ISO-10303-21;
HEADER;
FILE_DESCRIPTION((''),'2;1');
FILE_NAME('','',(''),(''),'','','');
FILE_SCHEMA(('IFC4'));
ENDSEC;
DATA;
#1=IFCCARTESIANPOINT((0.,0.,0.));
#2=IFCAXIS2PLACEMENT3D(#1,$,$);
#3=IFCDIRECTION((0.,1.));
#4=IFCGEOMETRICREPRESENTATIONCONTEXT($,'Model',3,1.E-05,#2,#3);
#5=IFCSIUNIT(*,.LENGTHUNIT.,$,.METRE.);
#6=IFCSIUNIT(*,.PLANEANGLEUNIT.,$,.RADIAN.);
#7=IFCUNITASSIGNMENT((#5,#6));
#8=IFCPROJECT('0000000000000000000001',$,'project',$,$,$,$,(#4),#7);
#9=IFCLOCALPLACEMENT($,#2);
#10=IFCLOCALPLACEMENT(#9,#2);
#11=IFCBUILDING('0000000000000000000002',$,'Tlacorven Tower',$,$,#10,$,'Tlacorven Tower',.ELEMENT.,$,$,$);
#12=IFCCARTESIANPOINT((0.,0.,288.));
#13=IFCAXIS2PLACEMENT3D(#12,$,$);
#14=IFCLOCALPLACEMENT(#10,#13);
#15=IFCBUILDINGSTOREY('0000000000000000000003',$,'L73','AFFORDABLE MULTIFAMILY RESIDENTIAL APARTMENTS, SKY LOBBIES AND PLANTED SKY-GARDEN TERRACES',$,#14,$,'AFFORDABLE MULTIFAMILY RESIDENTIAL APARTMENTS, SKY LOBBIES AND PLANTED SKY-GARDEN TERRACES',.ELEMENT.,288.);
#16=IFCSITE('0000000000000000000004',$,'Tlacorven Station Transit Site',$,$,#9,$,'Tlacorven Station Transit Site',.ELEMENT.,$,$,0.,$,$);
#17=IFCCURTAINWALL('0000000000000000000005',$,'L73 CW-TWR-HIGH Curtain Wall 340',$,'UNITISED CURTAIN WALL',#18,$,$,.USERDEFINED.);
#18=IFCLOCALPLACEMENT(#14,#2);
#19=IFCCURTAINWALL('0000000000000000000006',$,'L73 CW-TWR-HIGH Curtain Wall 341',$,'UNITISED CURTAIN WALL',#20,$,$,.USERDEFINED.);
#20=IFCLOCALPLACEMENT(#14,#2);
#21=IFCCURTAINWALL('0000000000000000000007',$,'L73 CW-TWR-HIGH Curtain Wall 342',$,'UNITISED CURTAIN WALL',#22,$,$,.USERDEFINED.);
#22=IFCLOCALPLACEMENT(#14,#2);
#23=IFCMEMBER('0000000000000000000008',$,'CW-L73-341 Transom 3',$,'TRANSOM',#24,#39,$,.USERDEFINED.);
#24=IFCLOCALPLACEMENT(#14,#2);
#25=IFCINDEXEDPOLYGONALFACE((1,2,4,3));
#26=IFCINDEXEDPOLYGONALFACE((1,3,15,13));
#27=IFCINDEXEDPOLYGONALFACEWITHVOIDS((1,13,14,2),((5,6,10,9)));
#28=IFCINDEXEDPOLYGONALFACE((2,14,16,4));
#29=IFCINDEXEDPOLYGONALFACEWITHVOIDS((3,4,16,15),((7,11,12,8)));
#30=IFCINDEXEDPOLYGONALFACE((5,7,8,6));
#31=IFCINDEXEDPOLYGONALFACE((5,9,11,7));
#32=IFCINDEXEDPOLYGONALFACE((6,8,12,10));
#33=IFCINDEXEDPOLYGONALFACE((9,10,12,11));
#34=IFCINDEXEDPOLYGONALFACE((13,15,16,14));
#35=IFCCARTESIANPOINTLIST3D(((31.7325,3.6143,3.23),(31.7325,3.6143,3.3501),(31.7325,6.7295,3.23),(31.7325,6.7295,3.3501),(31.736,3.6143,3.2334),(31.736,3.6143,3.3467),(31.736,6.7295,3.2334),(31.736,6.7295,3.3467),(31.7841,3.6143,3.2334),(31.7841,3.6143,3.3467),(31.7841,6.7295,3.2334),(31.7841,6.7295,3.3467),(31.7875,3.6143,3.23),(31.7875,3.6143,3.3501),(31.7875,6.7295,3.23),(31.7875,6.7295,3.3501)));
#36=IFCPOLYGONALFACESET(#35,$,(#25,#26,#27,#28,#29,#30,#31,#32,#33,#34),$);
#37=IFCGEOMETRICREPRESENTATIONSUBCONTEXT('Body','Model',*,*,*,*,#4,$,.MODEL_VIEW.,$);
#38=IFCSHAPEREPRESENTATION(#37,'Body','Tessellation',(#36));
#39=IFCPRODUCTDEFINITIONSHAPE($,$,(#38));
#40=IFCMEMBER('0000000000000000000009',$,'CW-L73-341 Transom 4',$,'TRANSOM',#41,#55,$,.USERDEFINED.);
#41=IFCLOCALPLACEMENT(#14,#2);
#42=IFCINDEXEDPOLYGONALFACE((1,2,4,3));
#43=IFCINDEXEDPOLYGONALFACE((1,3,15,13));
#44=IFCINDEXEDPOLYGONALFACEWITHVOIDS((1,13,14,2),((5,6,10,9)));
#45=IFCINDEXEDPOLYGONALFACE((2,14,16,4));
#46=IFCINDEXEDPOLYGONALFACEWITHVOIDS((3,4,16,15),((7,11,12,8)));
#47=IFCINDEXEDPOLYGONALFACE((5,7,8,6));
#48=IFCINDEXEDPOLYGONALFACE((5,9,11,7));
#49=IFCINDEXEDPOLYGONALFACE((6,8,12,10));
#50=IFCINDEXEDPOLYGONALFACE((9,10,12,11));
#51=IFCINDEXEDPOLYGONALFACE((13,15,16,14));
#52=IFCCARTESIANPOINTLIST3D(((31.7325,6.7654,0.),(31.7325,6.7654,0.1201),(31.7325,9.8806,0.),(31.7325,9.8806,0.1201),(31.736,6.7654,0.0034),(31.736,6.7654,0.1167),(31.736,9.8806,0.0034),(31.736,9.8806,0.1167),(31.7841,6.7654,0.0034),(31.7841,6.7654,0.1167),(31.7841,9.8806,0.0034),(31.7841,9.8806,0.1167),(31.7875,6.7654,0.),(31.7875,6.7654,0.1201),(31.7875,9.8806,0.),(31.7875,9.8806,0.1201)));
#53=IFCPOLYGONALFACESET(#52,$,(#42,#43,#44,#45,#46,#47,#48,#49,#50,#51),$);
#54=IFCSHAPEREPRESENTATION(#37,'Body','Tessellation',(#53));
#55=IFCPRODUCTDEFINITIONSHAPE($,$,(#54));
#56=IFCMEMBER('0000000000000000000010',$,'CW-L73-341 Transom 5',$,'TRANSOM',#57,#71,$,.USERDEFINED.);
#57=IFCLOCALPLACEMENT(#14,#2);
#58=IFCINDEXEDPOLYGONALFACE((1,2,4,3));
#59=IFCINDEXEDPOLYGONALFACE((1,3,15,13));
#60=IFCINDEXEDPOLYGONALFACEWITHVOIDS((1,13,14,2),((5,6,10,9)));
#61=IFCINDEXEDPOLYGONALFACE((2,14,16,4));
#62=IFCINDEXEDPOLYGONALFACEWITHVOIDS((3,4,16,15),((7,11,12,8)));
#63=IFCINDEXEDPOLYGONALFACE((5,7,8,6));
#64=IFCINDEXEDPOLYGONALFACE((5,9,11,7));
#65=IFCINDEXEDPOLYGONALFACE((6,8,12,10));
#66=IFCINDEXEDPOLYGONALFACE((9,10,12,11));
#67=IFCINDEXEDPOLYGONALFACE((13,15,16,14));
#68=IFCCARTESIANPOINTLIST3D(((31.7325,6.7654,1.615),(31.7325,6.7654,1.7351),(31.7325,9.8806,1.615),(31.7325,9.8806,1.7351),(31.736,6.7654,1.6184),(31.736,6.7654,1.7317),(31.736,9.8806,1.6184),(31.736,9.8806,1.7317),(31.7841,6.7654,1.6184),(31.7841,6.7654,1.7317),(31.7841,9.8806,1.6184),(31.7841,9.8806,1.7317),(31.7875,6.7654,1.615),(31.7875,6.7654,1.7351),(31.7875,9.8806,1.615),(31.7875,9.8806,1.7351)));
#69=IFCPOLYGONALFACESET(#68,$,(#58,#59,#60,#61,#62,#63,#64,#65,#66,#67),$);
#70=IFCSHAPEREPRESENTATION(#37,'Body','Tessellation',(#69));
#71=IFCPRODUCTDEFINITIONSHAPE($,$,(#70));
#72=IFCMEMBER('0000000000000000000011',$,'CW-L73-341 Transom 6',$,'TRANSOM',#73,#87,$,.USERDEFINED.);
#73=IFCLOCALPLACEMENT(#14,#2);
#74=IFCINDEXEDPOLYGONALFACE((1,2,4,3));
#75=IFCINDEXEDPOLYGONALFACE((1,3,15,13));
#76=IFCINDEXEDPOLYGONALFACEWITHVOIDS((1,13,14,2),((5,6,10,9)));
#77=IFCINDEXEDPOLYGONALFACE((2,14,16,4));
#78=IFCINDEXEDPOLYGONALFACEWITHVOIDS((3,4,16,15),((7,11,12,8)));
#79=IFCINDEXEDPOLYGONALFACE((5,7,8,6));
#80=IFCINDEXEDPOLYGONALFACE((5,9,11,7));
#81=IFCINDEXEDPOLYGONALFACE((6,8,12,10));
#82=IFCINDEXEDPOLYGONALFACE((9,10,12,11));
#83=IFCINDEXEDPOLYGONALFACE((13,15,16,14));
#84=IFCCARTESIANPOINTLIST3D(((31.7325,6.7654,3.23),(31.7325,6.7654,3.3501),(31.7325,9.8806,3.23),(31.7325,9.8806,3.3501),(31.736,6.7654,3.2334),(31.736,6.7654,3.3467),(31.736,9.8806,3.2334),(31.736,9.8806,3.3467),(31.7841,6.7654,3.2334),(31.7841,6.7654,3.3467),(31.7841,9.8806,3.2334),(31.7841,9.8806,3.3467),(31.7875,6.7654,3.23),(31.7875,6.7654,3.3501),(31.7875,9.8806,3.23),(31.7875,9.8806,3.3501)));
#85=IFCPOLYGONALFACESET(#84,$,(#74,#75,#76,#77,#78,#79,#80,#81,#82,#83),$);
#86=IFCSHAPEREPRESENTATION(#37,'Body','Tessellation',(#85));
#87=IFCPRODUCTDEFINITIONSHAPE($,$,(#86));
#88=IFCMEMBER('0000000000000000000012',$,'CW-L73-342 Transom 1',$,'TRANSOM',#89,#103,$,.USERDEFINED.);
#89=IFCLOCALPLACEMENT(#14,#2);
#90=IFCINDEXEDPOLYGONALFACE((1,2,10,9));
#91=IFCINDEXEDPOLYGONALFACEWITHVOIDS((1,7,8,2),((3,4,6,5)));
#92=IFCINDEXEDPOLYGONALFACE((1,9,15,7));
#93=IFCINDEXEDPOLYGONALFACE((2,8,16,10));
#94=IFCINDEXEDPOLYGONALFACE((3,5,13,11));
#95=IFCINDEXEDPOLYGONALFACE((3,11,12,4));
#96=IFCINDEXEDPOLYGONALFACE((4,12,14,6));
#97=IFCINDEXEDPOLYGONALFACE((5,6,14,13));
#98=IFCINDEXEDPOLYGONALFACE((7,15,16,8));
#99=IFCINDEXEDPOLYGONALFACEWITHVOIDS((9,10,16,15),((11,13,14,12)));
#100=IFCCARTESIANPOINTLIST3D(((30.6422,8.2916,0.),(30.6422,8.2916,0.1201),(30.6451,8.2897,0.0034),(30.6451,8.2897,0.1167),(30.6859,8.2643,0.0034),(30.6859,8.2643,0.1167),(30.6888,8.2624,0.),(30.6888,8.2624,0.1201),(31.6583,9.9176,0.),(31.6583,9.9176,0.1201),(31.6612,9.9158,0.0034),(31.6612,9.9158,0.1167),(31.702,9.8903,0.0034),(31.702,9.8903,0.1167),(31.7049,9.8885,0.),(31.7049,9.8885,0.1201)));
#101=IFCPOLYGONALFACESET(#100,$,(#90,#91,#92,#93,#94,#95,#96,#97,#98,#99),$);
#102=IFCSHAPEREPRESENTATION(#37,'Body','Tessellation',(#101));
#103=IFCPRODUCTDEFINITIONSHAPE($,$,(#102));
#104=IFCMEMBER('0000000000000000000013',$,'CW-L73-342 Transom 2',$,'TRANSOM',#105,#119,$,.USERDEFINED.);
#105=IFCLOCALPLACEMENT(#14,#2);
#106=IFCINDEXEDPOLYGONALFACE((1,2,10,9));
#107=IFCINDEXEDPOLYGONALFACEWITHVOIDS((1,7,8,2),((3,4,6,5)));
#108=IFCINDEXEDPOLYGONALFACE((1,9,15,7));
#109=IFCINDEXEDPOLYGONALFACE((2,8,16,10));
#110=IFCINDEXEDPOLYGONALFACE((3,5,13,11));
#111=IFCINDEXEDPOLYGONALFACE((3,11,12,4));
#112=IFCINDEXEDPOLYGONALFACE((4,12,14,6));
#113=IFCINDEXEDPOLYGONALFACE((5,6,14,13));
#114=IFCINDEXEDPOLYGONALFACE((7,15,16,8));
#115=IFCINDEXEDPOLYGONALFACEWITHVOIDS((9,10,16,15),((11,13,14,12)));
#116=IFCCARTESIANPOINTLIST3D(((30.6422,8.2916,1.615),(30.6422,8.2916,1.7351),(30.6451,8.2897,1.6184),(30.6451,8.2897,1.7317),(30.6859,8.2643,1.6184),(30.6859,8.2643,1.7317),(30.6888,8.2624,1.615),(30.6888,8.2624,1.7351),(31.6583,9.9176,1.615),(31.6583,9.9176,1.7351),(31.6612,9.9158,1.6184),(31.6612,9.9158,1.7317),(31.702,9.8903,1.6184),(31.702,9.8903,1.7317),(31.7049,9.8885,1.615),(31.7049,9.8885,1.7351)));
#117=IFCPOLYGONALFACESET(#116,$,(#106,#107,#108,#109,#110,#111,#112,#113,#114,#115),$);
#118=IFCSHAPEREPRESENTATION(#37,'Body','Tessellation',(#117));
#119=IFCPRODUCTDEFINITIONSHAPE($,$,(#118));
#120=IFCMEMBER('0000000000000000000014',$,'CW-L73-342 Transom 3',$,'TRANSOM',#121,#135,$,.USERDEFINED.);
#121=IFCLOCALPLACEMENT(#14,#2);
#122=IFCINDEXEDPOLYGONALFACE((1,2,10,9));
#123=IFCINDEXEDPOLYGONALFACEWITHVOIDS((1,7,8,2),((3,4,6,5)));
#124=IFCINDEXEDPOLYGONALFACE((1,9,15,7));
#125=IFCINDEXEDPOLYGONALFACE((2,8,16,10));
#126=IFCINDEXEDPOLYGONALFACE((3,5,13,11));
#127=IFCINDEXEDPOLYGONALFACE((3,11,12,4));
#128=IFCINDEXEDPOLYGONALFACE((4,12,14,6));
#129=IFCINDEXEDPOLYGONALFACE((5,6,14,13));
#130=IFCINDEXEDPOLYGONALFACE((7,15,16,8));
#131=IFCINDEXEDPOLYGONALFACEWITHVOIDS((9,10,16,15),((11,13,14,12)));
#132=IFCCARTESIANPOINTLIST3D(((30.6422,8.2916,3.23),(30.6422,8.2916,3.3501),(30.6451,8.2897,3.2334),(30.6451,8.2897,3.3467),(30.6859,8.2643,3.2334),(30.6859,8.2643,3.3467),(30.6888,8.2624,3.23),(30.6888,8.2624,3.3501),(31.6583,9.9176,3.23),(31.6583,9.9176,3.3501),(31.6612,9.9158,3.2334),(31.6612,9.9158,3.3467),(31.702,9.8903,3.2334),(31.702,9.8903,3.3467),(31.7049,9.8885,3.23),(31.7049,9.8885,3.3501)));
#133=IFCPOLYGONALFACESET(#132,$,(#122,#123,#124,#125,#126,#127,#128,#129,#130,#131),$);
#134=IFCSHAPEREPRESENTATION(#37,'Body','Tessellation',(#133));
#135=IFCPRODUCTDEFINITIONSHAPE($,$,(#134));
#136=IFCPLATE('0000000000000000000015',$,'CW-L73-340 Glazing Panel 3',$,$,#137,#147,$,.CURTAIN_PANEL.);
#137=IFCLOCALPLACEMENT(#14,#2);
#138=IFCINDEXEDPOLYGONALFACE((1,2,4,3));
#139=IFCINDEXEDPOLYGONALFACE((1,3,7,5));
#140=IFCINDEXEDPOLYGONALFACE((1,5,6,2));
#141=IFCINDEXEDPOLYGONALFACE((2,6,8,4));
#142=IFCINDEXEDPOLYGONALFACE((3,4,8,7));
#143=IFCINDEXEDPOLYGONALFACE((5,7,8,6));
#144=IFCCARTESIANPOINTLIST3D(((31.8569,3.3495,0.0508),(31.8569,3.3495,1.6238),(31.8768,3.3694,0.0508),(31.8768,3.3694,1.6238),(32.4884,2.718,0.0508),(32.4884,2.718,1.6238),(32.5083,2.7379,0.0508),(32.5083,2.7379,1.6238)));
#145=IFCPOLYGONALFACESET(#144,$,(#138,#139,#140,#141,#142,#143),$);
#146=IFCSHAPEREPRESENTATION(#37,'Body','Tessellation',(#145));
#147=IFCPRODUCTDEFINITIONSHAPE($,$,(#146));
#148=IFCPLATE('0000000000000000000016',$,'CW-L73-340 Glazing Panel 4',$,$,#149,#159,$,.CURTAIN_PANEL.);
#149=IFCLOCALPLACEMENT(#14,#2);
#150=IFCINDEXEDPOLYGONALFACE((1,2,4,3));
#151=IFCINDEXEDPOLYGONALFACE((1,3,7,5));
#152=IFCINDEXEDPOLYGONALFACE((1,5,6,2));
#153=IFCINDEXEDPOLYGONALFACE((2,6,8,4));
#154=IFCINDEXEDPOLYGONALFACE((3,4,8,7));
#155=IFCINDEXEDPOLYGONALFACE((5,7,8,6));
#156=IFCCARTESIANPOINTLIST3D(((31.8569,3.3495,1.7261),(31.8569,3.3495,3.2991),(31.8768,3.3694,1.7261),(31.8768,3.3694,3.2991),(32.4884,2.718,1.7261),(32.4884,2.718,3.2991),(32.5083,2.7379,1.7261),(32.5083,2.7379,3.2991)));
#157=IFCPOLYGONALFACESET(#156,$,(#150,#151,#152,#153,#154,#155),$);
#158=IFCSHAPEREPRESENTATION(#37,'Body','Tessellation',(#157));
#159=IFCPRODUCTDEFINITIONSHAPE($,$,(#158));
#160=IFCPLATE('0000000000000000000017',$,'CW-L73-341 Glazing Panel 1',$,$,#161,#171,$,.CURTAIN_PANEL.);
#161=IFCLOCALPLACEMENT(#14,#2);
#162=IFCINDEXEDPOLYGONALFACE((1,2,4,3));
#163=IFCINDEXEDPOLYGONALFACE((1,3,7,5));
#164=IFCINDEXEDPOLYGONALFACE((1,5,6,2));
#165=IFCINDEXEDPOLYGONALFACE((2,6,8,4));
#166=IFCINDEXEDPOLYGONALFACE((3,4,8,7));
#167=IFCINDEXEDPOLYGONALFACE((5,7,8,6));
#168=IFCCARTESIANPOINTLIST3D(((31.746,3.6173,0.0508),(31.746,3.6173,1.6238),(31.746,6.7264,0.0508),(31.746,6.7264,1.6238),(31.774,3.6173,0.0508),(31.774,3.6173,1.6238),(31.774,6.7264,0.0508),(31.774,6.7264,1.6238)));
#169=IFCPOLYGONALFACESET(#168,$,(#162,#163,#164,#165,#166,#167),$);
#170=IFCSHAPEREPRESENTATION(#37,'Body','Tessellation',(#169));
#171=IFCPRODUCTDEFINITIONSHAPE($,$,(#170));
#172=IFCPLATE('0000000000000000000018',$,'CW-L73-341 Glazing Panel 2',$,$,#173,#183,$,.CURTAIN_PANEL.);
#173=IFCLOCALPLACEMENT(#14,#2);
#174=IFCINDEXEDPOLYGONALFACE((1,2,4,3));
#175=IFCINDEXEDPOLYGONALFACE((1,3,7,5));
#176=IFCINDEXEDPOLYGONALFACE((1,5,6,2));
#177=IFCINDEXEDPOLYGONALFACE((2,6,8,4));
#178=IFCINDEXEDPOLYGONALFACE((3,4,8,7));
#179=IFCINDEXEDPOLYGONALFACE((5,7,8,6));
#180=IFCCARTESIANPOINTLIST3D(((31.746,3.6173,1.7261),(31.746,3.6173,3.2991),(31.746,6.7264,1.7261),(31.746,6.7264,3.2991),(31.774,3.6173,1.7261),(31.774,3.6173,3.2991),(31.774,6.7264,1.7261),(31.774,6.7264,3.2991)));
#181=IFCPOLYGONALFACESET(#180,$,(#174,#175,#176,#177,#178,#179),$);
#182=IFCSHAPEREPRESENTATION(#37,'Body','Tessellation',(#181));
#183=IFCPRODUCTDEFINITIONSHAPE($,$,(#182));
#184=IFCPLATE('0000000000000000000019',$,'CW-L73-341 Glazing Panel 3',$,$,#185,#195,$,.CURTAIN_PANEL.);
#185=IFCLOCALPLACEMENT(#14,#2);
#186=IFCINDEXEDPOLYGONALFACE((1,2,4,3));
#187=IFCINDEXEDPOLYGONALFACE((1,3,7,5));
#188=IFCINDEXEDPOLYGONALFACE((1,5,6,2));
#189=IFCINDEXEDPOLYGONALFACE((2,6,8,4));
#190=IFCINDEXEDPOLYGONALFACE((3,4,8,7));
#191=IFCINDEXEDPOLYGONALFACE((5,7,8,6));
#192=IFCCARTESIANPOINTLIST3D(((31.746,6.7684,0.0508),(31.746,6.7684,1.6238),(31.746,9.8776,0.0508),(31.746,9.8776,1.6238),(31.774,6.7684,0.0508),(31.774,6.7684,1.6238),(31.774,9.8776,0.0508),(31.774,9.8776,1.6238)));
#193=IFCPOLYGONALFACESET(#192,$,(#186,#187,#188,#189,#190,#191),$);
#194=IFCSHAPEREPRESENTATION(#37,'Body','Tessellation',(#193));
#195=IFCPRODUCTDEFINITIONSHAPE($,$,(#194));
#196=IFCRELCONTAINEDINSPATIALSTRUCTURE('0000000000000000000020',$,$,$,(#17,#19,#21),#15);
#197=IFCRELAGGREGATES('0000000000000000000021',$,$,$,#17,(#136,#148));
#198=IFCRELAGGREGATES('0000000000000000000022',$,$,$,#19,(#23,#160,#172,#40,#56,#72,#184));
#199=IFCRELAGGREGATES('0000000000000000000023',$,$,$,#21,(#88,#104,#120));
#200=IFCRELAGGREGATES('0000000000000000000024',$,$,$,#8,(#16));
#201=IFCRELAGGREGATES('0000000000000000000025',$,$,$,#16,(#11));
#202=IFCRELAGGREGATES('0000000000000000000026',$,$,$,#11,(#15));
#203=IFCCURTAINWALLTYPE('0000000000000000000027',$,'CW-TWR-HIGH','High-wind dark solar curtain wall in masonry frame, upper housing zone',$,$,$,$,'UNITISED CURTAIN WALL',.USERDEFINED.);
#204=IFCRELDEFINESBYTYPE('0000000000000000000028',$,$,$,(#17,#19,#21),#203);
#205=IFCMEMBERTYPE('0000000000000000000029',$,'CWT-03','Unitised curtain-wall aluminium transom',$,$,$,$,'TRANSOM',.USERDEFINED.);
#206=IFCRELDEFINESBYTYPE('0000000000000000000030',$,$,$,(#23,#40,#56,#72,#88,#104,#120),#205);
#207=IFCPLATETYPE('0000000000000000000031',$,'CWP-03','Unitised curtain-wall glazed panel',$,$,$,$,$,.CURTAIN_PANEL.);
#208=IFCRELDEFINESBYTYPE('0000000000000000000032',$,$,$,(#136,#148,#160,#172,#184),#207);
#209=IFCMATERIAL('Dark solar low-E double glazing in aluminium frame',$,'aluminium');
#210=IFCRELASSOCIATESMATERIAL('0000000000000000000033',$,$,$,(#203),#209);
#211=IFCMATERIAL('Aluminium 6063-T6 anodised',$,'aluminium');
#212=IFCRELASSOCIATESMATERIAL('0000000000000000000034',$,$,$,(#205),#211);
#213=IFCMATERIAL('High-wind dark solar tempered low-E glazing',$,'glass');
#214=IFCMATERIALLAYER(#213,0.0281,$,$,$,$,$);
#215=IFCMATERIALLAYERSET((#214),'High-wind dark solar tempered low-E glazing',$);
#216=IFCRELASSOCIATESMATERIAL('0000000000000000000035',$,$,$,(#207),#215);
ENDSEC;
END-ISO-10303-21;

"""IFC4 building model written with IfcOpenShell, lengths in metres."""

from ifc_helpers import new_model, si_unit, direction, frame, origin, origin_2d, place, context, subcontext, project, spatial, rectangle, hollow_rectangle, extrude, source, transform, mapped, material, layer, layer_set, material_profile, profile_set, type_object, element, aggregate, save


model = new_model("IFC4")

# Units and contexts
model_context = context("Model", 3, precision=1e-05, world=origin(), true_north=direction((0.0, 1.0)))
body_context = subcontext(model_context, "Body", "Model", "MODEL_VIEW")
ifc_project = project(units=[si_unit("LENGTHUNIT", "METRE"), si_unit("PLANEANGLEUNIT", "RADIAN")], contexts=[model_context])

# Site, building, storey
site_placement = place(None, origin())
site = spatial("IfcSite", under=ifc_project, at=site_placement, Name="Tlacorven Station Transit Site", LongName="Tlacorven Station Transit Site", CompositionType="ELEMENT", RefElevation=0.0)
building_placement = place(site_placement, origin())
building = spatial("IfcBuilding", under=site, at=building_placement, Name="Tlacorven Tower", LongName="Tlacorven Tower", CompositionType="ELEMENT")
storey_placement = place(building_placement, frame((0.0, 0.0, 288.0)))
storey = spatial("IfcBuildingStorey", under=building, at=storey_placement, Name="L73", Description="AFFORDABLE MULTIFAMILY RESIDENTIAL APARTMENTS, SKY LOBBIES AND PLANTED SKY-GARDEN TERRACES", LongName="AFFORDABLE MULTIFAMILY RESIDENTIAL APARTMENTS, SKY LOBBIES AND PLANTED SKY-GARDEN TERRACES", CompositionType="ELEMENT", Elevation=288.0)

# Curtain walls
ifc_material_1 = material(Name="Dark solar low-E double glazing in aluminium frame", Category="aluminium")
curtain_wall_type = type_object("IfcCurtainWallType", Name="CW-TWR-HIGH", Description="High-wind dark solar curtain wall in masonry frame, upper housing zone", ElementType="UNITISED CURTAIN WALL", PredefinedType="USERDEFINED", material=ifc_material_1)
curtain_wall_1_placement = place(storey_placement, origin())
curtain_wall_1 = element("IfcCurtainWall", 1, at=curtain_wall_1_placement, inside=storey, type_object=curtain_wall_type, Name="L73 CW-TWR-HIGH Curtain Wall 340", ObjectType="UNITISED CURTAIN WALL", PredefinedType="USERDEFINED")
ifc_material_2 = material(Name="Aluminium 6063-T6 anodised", Category="aluminium")
curtain_wall_2_placement = place(storey_placement, origin())
curtain_wall_2 = element("IfcCurtainWall", 2, at=curtain_wall_2_placement, inside=storey, type_object=curtain_wall_type, Name="L73 CW-TWR-HIGH Curtain Wall 341", ObjectType="UNITISED CURTAIN WALL", PredefinedType="USERDEFINED")

# Curtain wall
curtain_wall_3_placement = place(storey_placement, origin())
curtain_wall_3 = element("IfcCurtainWall", 3, at=curtain_wall_3_placement, inside=storey, type_object=curtain_wall_type, Name="L73 CW-TWR-HIGH Curtain Wall 342", ObjectType="UNITISED CURTAIN WALL", PredefinedType="USERDEFINED")

# Members
ifc_material_profile_1 = material_profile(ifc_material_2, hollow_rectangle(XDim=0.0549, YDim=0.1201, WallThickness=0.0034, at=origin_2d()), Name="ALU TRANSOM 55X120")
ifc_profile_set_1 = profile_set([ifc_material_profile_1], Name="Aluminium 6063-T6 anodised")
member_type_1 = type_object("IfcMemberType", Name="CWT-03", Description="Unitised curtain-wall aluminium transom", ElementType="TRANSOM", PredefinedType="USERDEFINED", material=ifc_profile_set_1)
shared_shape_1 = source(origin(), body_context, "Body", "SweptSolid", [
    extrude(hollow_rectangle(XDim=0.0549, YDim=0.1201, WallThickness=0.0034, at=origin_2d()), origin(), (0.0, 0.0, 1.0), 3.1152),
])
member_1_placement = place(storey_placement, frame((31.76, 3.6143, 3.29), z_axis=(0.0, 1.0, 0.0), x_axis=(-1.0, 0.0, 0.0)))
member_1 = element("IfcMember", 4, at=member_1_placement, type_object=member_type_1, Name="CW-L73-341 Transom 3", ObjectType="TRANSOM", PredefinedType="USERDEFINED", context=body_context, shape_type="MappedRepresentation", body=[
    mapped(shared_shape_1, transform((0.0, 0.0, 0.0), scale=1.0)),
])
member_2_placement = place(storey_placement, frame((31.76, 6.7654, 0.0601), z_axis=(0.0, 1.0, 0.0), x_axis=(-1.0, 0.0, 0.0)))
member_2 = element("IfcMember", 5, at=member_2_placement, type_object=member_type_1, Name="CW-L73-341 Transom 4", ObjectType="TRANSOM", PredefinedType="USERDEFINED", context=body_context, shape_type="MappedRepresentation", body=[
    mapped(shared_shape_1, transform((0.0, 0.0, 0.0), scale=1.0)),
])
member_3_placement = place(storey_placement, frame((31.76, 6.7654, 1.675), z_axis=(0.0, 1.0, 0.0), x_axis=(-1.0, 0.0, 0.0)))
member_3 = element("IfcMember", 6, at=member_3_placement, type_object=member_type_1, Name="CW-L73-341 Transom 5", ObjectType="TRANSOM", PredefinedType="USERDEFINED", context=body_context, shape_type="MappedRepresentation", body=[
    mapped(shared_shape_1, transform((0.0, 0.0, 0.0), scale=1.0)),
])
member_4_placement = place(storey_placement, frame((31.76, 6.7654, 3.29), z_axis=(0.0, 1.0, 0.0), x_axis=(-1.0, 0.0, 0.0)))
member_4 = element("IfcMember", 7, at=member_4_placement, type_object=member_type_1, Name="CW-L73-341 Transom 6", ObjectType="TRANSOM", PredefinedType="USERDEFINED", context=body_context, shape_type="MappedRepresentation", body=[
    mapped(shared_shape_1, transform((0.0, 0.0, 0.0), scale=1.0)),
])
shared_shape_2 = source(origin(), body_context, "Body", "SweptSolid", [
    extrude(hollow_rectangle(XDim=0.0549, YDim=0.1201, WallThickness=0.0034, at=origin_2d()), origin(), (0.0, 0.0, 1.0), 1.9175),
])
member_5_placement = place(storey_placement, frame((31.6816, 9.9031, 0.0601), z_axis=(-0.529953, -0.848027, 0.0), x_axis=(0.848027, -0.529953, 0.0)))
member_5 = element("IfcMember", 8, at=member_5_placement, type_object=member_type_1, Name="CW-L73-342 Transom 1", ObjectType="TRANSOM", PredefinedType="USERDEFINED", context=body_context, shape_type="MappedRepresentation", body=[
    mapped(shared_shape_2, transform((0.0, 0.0, 0.0), scale=1.0)),
])
member_6_placement = place(storey_placement, frame((31.6816, 9.9031, 1.675), z_axis=(-0.529953, -0.848027, 0.0), x_axis=(0.848027, -0.529953, 0.0)))
member_6 = element("IfcMember", 9, at=member_6_placement, type_object=member_type_1, Name="CW-L73-342 Transom 2", ObjectType="TRANSOM", PredefinedType="USERDEFINED", context=body_context, shape_type="MappedRepresentation", body=[
    mapped(shared_shape_2, transform((0.0, 0.0, 0.0), scale=1.0)),
])
member_7_placement = place(storey_placement, frame((31.6816, 9.9031, 3.29), z_axis=(-0.529953, -0.848027, 0.0), x_axis=(0.848027, -0.529953, 0.0)))
member_7 = element("IfcMember", 10, at=member_7_placement, type_object=member_type_1, Name="CW-L73-342 Transom 3", ObjectType="TRANSOM", PredefinedType="USERDEFINED", context=body_context, shape_type="MappedRepresentation", body=[
    mapped(shared_shape_2, transform((0.0, 0.0, 0.0), scale=1.0)),
])

# Plates
ifc_material_3 = material(Name="High-wind dark solar tempered low-E glazing", Category="glass")
ifc_layer_1 = layer(ifc_material_3, 0.0281)
ifc_layer_set_1 = layer_set([ifc_layer_1], Name="High-wind dark solar tempered low-E glazing")
plate_type = type_object("IfcPlateType", Name="CWP-03", Description="Unitised curtain-wall glazed panel", PredefinedType="CURTAIN_PANEL", material=ifc_layer_set_1)
shared_shape_3 = source(origin(), body_context, "Body", "SweptSolid", [
    extrude(rectangle(XDim=0.8931, YDim=0.0281, at=origin_2d()), origin(), (0.0, 0.0, 1.0), 1.573),
])
plate_1_placement = place(storey_placement, frame((32.1826, 3.0437, 0.0508), z_axis=(0.0, 0.0, 1.0), x_axis=(-0.707107, 0.707107, 0.0)))
plate_1 = element("IfcPlate", 11, at=plate_1_placement, type_object=plate_type, Name="CW-L73-340 Glazing Panel 3", PredefinedType="CURTAIN_PANEL", context=body_context, shape_type="MappedRepresentation", body=[
    mapped(shared_shape_3, transform((0.0, 0.0, 0.0), scale=1.0)),
])
plate_2_placement = place(storey_placement, frame((32.1826, 3.0437, 1.7261), z_axis=(0.0, 0.0, 1.0), x_axis=(-0.707107, 0.707107, 0.0)))
plate_2 = element("IfcPlate", 12, at=plate_2_placement, type_object=plate_type, Name="CW-L73-340 Glazing Panel 4", PredefinedType="CURTAIN_PANEL", context=body_context, shape_type="MappedRepresentation", body=[
    mapped(shared_shape_3, transform((0.0, 0.0, 0.0), scale=1.0)),
])
aggregate(curtain_wall_1, [plate_1, plate_2])
shared_shape_4 = source(origin(), body_context, "Body", "SweptSolid", [
    extrude(rectangle(XDim=3.1091, YDim=0.0281, at=origin_2d()), origin(), (0.0, 0.0, 1.0), 1.573),
])
plate_3_placement = place(storey_placement, frame((31.76, 5.1719, 0.0508), z_axis=(0.0, 0.0, 1.0), x_axis=(0.0, 1.0, 0.0)))
plate_3 = element("IfcPlate", 13, at=plate_3_placement, type_object=plate_type, Name="CW-L73-341 Glazing Panel 1", PredefinedType="CURTAIN_PANEL", context=body_context, shape_type="MappedRepresentation", body=[
    mapped(shared_shape_4, transform((0.0, 0.0, 0.0), scale=1.0)),
])
plate_4_placement = place(storey_placement, frame((31.76, 5.1719, 1.7261), z_axis=(0.0, 0.0, 1.0), x_axis=(0.0, 1.0, 0.0)))
plate_4 = element("IfcPlate", 14, at=plate_4_placement, type_object=plate_type, Name="CW-L73-341 Glazing Panel 2", PredefinedType="CURTAIN_PANEL", context=body_context, shape_type="MappedRepresentation", body=[
    mapped(shared_shape_4, transform((0.0, 0.0, 0.0), scale=1.0)),
])
plate_5_placement = place(storey_placement, frame((31.76, 8.323, 0.0508), z_axis=(0.0, 0.0, 1.0), x_axis=(0.0, 1.0, 0.0)))
plate_5 = element("IfcPlate", 15, at=plate_5_placement, type_object=plate_type, Name="CW-L73-341 Glazing Panel 3", PredefinedType="CURTAIN_PANEL", context=body_context, shape_type="MappedRepresentation", body=[
    mapped(shared_shape_4, transform((0.0, 0.0, 0.0), scale=1.0)),
])
aggregate(curtain_wall_2, [member_1, plate_3, plate_4, member_2, member_3, member_4, plate_5])
aggregate(curtain_wall_3, [member_5, member_6, member_7])

save(model, "model.ifc")
